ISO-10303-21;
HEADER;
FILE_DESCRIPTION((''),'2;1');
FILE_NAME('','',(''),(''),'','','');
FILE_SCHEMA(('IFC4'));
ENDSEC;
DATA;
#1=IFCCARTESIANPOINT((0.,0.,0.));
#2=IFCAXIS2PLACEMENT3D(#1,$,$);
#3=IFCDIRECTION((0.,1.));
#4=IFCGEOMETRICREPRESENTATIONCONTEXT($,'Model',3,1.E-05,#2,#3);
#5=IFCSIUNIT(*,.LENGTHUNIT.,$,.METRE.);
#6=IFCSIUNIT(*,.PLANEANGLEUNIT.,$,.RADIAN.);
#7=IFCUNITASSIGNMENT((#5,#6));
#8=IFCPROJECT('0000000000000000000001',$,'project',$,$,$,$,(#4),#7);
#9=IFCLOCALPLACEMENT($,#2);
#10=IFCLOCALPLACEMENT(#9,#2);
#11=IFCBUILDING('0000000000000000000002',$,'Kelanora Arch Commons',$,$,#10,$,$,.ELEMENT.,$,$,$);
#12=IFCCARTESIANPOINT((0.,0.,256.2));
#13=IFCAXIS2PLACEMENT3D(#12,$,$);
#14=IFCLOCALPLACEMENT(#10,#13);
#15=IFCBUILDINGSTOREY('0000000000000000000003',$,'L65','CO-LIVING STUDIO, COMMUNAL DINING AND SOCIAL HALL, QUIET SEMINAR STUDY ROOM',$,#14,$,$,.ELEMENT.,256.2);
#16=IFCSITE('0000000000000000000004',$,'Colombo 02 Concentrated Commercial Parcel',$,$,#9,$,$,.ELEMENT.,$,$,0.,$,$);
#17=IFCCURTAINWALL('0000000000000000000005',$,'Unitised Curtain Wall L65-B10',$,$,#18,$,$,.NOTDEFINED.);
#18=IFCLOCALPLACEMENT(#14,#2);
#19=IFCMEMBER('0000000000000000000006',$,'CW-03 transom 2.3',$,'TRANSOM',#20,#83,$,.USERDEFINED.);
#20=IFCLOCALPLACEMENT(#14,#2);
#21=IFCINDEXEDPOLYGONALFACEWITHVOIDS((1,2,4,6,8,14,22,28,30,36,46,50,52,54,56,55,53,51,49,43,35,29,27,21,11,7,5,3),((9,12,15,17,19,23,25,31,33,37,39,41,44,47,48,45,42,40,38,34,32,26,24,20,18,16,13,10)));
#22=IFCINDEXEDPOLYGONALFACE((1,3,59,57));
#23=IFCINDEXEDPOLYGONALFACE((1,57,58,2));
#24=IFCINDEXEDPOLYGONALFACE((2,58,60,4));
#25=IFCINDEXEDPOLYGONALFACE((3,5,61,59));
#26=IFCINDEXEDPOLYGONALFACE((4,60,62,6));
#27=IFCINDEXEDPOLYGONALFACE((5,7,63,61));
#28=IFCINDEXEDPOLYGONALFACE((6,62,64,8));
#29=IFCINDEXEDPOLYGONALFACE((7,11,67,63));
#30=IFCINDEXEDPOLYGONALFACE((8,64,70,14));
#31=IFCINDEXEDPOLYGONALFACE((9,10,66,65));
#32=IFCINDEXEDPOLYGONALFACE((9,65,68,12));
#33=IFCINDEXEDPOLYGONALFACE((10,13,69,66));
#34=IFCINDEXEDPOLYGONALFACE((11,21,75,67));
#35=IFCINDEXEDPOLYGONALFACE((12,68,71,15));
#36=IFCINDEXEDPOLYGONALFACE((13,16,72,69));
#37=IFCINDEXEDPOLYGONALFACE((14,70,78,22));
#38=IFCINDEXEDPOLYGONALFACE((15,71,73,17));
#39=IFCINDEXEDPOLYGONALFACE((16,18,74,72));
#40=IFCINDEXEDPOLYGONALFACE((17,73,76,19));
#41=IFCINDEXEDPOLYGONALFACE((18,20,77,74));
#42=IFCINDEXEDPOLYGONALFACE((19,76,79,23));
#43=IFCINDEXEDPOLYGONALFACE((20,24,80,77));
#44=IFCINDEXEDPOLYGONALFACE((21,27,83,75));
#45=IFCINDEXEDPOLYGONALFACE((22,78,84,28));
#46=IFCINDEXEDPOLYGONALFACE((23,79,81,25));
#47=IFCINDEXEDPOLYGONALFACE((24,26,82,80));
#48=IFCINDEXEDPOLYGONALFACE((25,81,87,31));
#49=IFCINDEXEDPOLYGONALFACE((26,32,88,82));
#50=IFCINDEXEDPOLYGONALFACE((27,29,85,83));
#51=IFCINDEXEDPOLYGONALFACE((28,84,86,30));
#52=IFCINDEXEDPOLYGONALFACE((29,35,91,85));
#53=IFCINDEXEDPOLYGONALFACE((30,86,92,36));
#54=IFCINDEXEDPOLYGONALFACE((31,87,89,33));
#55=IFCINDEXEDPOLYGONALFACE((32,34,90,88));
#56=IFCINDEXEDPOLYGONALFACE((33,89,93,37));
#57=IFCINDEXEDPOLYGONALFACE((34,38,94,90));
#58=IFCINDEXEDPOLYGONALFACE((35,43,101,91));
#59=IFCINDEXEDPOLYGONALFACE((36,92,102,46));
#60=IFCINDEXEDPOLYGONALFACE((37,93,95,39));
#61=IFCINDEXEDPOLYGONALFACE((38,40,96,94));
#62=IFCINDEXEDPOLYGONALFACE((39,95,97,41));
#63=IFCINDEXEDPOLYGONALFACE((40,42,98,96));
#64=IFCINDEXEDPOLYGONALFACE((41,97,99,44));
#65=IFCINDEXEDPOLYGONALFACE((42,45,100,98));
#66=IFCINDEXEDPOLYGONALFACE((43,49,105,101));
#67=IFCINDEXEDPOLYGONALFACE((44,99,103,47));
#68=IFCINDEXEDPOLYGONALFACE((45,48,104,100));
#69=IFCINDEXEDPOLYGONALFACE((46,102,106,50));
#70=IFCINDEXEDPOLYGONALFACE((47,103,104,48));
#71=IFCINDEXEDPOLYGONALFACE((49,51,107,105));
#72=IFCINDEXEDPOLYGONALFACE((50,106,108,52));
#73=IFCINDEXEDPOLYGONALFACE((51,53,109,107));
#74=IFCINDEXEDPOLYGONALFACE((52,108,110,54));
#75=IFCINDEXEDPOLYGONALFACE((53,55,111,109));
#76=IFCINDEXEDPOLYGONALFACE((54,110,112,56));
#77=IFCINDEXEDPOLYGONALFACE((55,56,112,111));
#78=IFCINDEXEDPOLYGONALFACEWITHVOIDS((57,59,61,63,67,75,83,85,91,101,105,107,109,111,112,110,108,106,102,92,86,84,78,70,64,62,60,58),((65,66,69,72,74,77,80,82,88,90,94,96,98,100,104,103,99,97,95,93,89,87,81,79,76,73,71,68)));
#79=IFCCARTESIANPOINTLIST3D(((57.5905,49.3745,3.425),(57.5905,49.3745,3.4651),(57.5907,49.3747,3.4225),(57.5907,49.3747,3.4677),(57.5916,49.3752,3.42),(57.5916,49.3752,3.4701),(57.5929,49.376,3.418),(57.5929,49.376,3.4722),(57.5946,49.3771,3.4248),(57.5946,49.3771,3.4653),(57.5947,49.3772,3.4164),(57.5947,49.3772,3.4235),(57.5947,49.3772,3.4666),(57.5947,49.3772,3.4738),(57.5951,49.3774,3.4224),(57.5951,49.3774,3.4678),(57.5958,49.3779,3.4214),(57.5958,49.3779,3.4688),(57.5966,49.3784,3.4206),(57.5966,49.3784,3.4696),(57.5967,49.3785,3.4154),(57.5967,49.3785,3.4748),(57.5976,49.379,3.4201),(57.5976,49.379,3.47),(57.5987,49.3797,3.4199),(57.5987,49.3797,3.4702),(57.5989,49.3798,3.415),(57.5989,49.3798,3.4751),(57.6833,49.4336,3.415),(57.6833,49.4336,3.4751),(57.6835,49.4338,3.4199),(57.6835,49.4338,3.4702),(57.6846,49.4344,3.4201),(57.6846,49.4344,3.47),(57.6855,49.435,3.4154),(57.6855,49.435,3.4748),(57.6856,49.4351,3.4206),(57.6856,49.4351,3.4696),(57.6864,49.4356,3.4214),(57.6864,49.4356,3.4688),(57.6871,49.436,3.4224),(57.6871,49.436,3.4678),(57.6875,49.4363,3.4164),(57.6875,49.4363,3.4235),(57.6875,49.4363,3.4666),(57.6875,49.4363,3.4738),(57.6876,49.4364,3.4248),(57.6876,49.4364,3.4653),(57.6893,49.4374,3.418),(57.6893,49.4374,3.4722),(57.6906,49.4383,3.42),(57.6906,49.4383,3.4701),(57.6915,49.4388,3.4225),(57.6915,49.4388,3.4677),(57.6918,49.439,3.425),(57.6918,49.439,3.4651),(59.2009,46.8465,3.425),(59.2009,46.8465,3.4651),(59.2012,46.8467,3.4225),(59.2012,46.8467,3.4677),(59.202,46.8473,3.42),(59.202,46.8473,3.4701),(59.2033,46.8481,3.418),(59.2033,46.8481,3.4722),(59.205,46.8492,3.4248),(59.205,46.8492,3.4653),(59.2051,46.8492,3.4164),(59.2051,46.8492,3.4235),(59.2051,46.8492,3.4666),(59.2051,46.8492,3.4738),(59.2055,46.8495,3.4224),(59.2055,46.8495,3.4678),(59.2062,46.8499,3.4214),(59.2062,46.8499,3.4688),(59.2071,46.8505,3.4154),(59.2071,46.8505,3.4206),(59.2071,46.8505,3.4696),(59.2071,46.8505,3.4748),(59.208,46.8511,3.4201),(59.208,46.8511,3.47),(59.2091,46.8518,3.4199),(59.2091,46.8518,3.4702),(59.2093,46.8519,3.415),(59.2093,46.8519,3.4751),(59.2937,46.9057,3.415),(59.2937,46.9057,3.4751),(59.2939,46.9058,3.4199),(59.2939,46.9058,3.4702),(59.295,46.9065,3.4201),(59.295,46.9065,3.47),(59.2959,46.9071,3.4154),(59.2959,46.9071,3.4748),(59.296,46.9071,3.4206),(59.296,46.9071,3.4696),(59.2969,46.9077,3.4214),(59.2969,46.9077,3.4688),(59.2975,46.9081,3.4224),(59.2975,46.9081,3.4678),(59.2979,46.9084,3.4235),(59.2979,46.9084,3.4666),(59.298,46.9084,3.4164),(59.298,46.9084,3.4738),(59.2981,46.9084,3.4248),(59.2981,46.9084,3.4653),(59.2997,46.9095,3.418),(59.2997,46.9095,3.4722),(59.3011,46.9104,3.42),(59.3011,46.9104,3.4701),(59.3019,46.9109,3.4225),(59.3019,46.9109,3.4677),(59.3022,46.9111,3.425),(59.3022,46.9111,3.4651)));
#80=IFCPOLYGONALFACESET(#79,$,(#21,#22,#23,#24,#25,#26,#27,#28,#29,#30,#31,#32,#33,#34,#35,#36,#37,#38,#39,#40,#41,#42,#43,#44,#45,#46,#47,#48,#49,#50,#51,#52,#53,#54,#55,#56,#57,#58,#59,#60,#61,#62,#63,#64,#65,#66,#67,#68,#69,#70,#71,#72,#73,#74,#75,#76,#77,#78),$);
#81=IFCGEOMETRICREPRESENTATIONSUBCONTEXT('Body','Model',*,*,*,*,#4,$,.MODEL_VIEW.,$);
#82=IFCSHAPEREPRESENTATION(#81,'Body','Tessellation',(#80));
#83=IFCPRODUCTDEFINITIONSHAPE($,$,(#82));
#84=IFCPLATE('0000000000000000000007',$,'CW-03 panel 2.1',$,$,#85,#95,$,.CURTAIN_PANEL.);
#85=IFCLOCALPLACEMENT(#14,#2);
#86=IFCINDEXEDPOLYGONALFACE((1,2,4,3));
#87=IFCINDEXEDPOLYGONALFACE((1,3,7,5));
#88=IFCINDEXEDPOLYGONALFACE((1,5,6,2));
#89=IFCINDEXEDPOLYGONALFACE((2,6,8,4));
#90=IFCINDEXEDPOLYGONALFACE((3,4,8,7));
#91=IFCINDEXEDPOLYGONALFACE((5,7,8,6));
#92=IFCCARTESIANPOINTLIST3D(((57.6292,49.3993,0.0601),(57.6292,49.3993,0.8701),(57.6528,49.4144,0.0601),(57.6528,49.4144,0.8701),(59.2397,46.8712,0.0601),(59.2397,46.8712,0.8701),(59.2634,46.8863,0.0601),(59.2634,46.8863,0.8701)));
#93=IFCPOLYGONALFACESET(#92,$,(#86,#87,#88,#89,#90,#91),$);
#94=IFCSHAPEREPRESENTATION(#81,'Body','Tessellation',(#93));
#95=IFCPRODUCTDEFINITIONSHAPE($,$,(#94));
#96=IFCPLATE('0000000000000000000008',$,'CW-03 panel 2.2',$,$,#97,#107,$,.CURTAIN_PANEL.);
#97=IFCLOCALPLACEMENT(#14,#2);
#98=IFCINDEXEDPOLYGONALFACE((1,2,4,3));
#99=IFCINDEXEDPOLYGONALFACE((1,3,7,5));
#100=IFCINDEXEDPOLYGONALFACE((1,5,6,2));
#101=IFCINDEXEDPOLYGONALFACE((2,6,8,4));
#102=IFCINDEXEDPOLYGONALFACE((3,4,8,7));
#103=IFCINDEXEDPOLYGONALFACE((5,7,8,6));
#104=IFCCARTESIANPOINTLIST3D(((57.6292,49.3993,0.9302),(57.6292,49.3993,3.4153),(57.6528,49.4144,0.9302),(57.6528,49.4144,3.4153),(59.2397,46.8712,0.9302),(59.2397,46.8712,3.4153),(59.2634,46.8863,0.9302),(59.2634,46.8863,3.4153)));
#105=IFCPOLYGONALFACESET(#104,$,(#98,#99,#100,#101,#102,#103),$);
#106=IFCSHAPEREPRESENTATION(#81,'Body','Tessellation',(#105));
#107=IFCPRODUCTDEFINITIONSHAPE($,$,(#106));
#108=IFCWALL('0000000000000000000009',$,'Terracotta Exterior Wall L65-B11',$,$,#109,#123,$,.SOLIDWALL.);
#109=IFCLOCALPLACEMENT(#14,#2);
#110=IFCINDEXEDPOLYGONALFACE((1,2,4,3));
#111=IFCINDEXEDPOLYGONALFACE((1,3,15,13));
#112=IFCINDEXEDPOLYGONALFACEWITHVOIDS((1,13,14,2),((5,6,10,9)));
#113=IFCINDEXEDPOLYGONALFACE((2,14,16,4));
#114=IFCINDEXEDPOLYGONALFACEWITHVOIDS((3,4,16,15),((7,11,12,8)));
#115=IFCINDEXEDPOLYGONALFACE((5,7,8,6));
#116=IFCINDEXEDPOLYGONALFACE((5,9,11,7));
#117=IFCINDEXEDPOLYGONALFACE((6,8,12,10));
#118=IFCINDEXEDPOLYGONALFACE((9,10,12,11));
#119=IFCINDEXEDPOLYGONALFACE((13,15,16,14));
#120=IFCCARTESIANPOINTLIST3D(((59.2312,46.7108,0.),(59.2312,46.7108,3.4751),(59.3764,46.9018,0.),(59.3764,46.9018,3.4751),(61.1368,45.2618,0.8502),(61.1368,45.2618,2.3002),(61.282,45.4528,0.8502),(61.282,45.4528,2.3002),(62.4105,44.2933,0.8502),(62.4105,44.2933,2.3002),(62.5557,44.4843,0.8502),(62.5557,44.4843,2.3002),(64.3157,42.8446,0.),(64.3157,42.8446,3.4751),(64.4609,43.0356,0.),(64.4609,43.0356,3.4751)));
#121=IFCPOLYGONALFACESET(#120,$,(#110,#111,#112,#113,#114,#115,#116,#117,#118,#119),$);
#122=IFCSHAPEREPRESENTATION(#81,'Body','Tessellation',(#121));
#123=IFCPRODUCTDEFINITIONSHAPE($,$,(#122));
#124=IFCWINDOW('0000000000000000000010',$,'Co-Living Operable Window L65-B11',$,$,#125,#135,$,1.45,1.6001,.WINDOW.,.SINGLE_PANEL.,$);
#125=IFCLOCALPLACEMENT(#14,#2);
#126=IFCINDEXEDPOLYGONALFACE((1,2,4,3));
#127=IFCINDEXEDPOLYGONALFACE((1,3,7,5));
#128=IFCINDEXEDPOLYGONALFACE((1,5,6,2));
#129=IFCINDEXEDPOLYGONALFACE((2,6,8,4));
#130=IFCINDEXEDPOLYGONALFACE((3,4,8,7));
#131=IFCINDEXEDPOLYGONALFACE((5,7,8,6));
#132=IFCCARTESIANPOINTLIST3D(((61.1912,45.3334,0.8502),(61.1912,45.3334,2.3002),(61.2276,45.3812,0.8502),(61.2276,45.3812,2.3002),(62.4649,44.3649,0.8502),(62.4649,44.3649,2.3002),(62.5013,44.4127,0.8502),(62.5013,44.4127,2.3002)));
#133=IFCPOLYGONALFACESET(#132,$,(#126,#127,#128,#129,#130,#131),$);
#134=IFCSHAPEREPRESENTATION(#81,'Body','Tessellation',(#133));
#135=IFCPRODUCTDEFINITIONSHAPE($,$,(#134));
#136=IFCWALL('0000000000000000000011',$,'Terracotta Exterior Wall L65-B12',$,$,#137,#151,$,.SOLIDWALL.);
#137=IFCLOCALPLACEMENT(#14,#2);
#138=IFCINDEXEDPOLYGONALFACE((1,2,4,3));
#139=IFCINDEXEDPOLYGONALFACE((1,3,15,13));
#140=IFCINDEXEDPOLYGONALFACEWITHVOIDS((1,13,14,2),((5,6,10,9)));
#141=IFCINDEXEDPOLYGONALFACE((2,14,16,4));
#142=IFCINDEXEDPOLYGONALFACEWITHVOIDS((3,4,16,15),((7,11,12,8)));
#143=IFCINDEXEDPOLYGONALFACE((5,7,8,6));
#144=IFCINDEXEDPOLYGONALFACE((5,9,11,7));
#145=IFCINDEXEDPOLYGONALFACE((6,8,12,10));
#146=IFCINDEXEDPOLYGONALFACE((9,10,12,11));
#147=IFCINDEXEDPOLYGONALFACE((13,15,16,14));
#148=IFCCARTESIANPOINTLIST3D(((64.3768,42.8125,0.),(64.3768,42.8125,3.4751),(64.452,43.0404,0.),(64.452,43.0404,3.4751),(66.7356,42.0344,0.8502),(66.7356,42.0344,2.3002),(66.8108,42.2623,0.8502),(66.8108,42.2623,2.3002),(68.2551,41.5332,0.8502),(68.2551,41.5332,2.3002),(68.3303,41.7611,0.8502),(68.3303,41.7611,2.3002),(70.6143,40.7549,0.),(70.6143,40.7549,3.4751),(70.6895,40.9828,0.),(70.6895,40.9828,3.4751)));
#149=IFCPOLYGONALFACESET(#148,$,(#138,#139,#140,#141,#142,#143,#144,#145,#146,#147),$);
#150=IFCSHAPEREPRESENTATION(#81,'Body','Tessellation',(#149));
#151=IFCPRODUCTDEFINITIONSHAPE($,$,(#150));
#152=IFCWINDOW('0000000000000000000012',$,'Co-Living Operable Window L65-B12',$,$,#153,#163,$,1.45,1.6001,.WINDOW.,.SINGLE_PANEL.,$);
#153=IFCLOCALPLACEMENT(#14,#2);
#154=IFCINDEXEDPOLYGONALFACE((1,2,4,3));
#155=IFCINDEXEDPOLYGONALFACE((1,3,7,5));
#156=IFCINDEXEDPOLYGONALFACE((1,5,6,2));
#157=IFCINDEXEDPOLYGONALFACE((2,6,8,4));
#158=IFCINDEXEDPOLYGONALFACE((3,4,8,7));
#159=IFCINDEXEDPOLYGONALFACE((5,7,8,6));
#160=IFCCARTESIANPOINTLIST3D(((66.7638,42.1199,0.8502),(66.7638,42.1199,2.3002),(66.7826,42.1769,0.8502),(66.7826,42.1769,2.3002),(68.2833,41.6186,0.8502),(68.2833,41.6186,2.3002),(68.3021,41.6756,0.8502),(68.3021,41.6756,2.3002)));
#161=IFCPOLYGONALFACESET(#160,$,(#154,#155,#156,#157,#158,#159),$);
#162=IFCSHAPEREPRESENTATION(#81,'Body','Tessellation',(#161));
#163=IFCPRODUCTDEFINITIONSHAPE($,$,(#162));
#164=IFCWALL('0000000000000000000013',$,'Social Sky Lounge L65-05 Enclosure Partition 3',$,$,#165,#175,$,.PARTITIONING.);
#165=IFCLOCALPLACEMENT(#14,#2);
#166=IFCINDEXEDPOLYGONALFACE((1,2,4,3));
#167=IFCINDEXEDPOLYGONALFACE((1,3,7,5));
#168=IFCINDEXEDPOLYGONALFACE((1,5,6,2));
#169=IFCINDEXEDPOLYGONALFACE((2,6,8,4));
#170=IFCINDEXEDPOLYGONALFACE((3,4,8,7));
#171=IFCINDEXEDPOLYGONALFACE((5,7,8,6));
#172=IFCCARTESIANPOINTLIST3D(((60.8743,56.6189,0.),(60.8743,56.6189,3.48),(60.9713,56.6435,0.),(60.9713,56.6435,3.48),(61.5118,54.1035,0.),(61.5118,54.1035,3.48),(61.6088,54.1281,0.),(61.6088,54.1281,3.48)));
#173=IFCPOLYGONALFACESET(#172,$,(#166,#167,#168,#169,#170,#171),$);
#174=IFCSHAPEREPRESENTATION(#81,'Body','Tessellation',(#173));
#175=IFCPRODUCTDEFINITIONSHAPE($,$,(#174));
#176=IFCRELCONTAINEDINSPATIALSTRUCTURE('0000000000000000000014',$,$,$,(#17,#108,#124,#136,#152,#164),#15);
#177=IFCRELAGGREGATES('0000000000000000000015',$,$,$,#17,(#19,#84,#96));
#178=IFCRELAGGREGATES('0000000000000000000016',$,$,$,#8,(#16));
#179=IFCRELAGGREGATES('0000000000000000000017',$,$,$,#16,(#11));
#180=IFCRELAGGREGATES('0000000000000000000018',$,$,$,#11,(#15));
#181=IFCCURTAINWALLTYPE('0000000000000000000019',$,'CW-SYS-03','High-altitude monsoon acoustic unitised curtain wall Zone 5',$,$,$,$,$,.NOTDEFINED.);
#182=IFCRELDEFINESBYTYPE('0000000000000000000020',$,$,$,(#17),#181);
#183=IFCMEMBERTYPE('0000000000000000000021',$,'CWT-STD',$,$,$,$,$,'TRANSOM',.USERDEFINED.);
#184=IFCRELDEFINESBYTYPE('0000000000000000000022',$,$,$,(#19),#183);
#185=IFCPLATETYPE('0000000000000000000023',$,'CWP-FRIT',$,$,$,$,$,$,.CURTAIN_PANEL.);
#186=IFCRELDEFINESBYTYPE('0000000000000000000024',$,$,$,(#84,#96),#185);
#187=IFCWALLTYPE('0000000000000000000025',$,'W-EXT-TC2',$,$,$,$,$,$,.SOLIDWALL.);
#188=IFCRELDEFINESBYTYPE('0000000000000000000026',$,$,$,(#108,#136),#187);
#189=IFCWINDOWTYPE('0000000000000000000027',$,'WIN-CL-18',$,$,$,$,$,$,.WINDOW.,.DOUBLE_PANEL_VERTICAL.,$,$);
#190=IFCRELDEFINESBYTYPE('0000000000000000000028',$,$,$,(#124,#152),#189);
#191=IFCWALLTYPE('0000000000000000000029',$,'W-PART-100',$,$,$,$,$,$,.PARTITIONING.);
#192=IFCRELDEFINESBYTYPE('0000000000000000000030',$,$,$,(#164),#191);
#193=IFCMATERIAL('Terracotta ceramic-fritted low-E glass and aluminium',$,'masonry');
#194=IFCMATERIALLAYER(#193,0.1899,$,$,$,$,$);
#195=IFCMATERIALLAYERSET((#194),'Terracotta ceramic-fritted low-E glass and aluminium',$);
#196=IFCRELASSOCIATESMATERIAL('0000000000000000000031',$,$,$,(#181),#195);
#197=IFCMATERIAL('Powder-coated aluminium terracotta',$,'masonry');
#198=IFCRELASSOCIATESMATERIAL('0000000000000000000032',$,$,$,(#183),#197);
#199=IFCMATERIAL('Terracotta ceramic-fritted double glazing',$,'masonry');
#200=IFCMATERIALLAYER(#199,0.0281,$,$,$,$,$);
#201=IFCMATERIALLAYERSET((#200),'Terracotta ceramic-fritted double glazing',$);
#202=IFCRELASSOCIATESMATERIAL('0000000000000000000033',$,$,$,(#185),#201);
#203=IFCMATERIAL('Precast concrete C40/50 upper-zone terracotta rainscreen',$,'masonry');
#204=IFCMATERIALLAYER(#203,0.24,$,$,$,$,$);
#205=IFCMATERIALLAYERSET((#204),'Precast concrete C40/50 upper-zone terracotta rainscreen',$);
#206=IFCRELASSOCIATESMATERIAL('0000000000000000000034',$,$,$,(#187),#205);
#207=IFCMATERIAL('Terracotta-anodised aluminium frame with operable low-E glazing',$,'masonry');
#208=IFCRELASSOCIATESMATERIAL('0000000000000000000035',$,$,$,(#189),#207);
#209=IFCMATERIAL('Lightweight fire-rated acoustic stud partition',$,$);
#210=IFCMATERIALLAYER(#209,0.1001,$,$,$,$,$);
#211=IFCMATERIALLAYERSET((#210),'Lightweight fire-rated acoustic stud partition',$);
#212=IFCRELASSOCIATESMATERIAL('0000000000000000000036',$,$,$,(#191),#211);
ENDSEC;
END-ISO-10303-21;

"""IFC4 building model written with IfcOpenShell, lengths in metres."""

from ifc_helpers import new_model, si_unit, direction, frame, frame_2d, origin, origin_2d, place, context, subcontext, project, spatial, rectangle, hollow_rectangle, extrude, source, transform, mapped, material, layer, layer_set, material_profile, profile_set, type_object, element, fill, aggregate, save


model = new_model("IFC4")

# Units and contexts
model_context = context("Model", 3, precision=1e-05, world=origin(), true_north=direction((0.0, 1.0)))
body_context = subcontext(model_context, "Body", "Model", "MODEL_VIEW")
ifc_project = project(units=[si_unit("LENGTHUNIT", "METRE"), si_unit("PLANEANGLEUNIT", "RADIAN")], contexts=[model_context])

# Site, building, storey
site_placement = place(None, origin())
site = spatial("IfcSite", under=ifc_project, at=site_placement, Name="Colombo 02 Concentrated Commercial Parcel", CompositionType="ELEMENT", RefElevation=0.0)
building_placement = place(site_placement, origin())
building = spatial("IfcBuilding", under=site, at=building_placement, Name="Kelanora Arch Commons", CompositionType="ELEMENT")
storey_placement = place(building_placement, frame((0.0, 0.0, 256.2)))
storey = spatial("IfcBuildingStorey", under=building, at=storey_placement, Name="L65", Description="CO-LIVING STUDIO, COMMUNAL DINING AND SOCIAL HALL, QUIET SEMINAR STUDY ROOM", CompositionType="ELEMENT", Elevation=256.2)

# Curtain wall, member, plates
ifc_material_1 = material(Name="Terracotta ceramic-fritted low-E glass and aluminium", Category="masonry")
ifc_layer_1 = layer(ifc_material_1, 0.1899)
ifc_layer_set_1 = layer_set([ifc_layer_1], Name="Terracotta ceramic-fritted low-E glass and aluminium")
curtain_wall_type = type_object("IfcCurtainWallType", Name="CW-SYS-03", Description="High-altitude monsoon acoustic unitised curtain wall Zone 5", PredefinedType="NOTDEFINED", material=ifc_layer_set_1)
curtain_wall_placement = place(storey_placement, origin())
curtain_wall = element("IfcCurtainWall", 1, at=curtain_wall_placement, inside=storey, type_object=curtain_wall_type, Name="Unitised Curtain Wall L65-B10", PredefinedType="NOTDEFINED")
ifc_material_2 = material(Name="Powder-coated aluminium terracotta", Category="masonry")
ifc_material_profile_1 = material_profile(ifc_material_2, hollow_rectangle(XDim=0.1201, YDim=0.0601, WallThickness=0.0049, InnerFilletRadius=0.0049, OuterFilletRadius=0.01, at=origin_2d()), Name="CWT120x60")
ifc_profile_set_1 = profile_set([ifc_material_profile_1], Name="Powder-coated aluminium terracotta")
member_type_1 = type_object("IfcMemberType", Name="CWT-STD", ElementType="TRANSOM", PredefinedType="USERDEFINED", material=ifc_profile_set_1)
member_1_placement = place(storey_placement, frame((57.6411, 49.4067, 3.4451), z_axis=(0.537287, -0.8434, 0.0), x_axis=(0.8434, 0.537287, 0.0)))
member_1 = element("IfcMember", 2, at=member_1_placement, type_object=member_type_1, Name="CW-03 transom 2.3", ObjectType="TRANSOM", PredefinedType="USERDEFINED", context=body_context, shape_type="SweptSolid", body=[
    extrude(hollow_rectangle(XDim=0.1201, YDim=0.0601, WallThickness=0.0049, InnerFilletRadius=0.0049, OuterFilletRadius=0.01, at=origin_2d()), origin(), (0.0, 0.0, 1.0), 2.9973),
])
ifc_material_3 = material(Name="Terracotta ceramic-fritted double glazing", Category="masonry")
ifc_layer_2 = layer(ifc_material_3, 0.0281)
ifc_layer_set_2 = layer_set([ifc_layer_2], Name="Terracotta ceramic-fritted double glazing")
plate_type = type_object("IfcPlateType", Name="CWP-FRIT", PredefinedType="CURTAIN_PANEL", material=ifc_layer_set_2)
shared_shape_1 = source(origin(), body_context, "Body", "SweptSolid", [
    extrude(rectangle(XDim=2.9976, YDim=0.0281, at=origin_2d()), origin(), (0.0, 0.0, 1.0), 0.8101),
])
plate_1_placement = place(storey_placement, frame((58.4463, 48.1428, 0.0601), z_axis=(0.0, 0.0, 1.0), x_axis=(0.5373, -0.843391, 0.0)))
plate_1 = element("IfcPlate", 3, at=plate_1_placement, type_object=plate_type, Name="CW-03 panel 2.1", PredefinedType="CURTAIN_PANEL", context=body_context, shape_type="MappedRepresentation", body=[
    mapped(shared_shape_1, transform((0.0, 0.0, 0.0), scale=1.0)),
])
shared_shape_2 = source(origin(), body_context, "Body", "SweptSolid", [
    extrude(rectangle(XDim=2.9976, YDim=0.0281, at=origin_2d()), origin(), (0.0, 0.0, 1.0), 2.4851),
])
plate_2_placement = place(storey_placement, frame((58.4463, 48.1428, 0.9302), z_axis=(0.0, 0.0, 1.0), x_axis=(0.5373, -0.843391, 0.0)))
plate_2 = element("IfcPlate", 4, at=plate_2_placement, type_object=plate_type, Name="CW-03 panel 2.2", PredefinedType="CURTAIN_PANEL", context=body_context, shape_type="MappedRepresentation", body=[
    mapped(shared_shape_2, transform((0.0, 0.0, 0.0), scale=1.0)),
])
aggregate(curtain_wall, [member_1, plate_1, plate_2])

# Walls, openings, windows
ifc_material_4 = material(Name="Precast concrete C40/50 upper-zone terracotta rainscreen", Category="masonry")
ifc_layer_3 = layer(ifc_material_4, 0.24)
ifc_layer_set_3 = layer_set([ifc_layer_3], Name="Precast concrete C40/50 upper-zone terracotta rainscreen")
wall_type_1 = type_object("IfcWallType", Name="W-EXT-TC2", PredefinedType="SOLIDWALL", material=ifc_layer_set_3)
wall_1_placement = place(storey_placement, frame((59.3037, 46.8064, 0.0), z_axis=(0.0, 0.0, 1.0), x_axis=(0.79601, -0.605283, 0.0)))
wall_1 = element("IfcWall", 5, at=wall_1_placement, inside=storey, type_object=wall_type_1, Name="Terracotta Exterior Wall L65-B11", PredefinedType="SOLIDWALL", context=body_context, shape_type="SweptSolid", body=[
    extrude(rectangle(XDim=6.3875, YDim=0.24, at=frame_2d((3.1938, 0.0))), origin(), (0.0, 0.0, 1.0), 3.4751),
])
opening_1_placement = place(wall_1_placement, frame((2.394, 0.0, 0.8501)))
opening_1 = element("IfcOpeningElement", 6, at=opening_1_placement, cuts=wall_1, PredefinedType="OPENING", context=body_context, shape_type="SweptSolid", body=[
    extrude(rectangle(XDim=1.6001, YDim=1.45, at=frame_2d((0.8, 0.7251))), frame((0.0, 0.1299, 0.0), z_axis=(0.0, -1.0, 0.0), x_axis=(1.0, 0.0, 0.0)), (0.0, 0.0, 1.0), 0.26),
])
ifc_material_5 = material(Name="Terracotta-anodised aluminium frame with operable low-E glazing", Category="masonry")
window_type = type_object("IfcWindowType", Name="WIN-CL-18", PartitioningType="DOUBLE_PANEL_VERTICAL", PredefinedType="WINDOW", material=ifc_material_5)
window_1_placement = place(opening_1_placement, origin())
window_1 = element("IfcWindow", 7, at=window_1_placement, inside=storey, type_object=window_type, Name="Co-Living Operable Window L65-B11", OverallHeight=1.45, OverallWidth=1.6001, PartitioningType="SINGLE_PANEL", PredefinedType="WINDOW", context=body_context, shape_type="SweptSolid", body=[
    extrude(rectangle(XDim=1.6001, YDim=1.45, at=frame_2d((0.8, 0.7251))), frame((0.0, 0.03, 0.0), z_axis=(0.0, -1.0, 0.0), x_axis=(1.0, 0.0, 0.0)), (0.0, 0.0, 1.0), 0.0601),
])
fill(opening_1, window_1)
wall_2_placement = place(storey_placement, frame((64.4143, 42.9265, 0.0), z_axis=(0.0, 0.0, 1.0), x_axis=(0.949664, -0.313271, 0.0)))
wall_2 = element("IfcWall", 8, at=wall_2_placement, inside=storey, type_object=wall_type_1, Name="Terracotta Exterior Wall L65-B12", PredefinedType="SOLIDWALL", context=body_context, shape_type="SweptSolid", body=[
    extrude(rectangle(XDim=6.5681, YDim=0.24, at=frame_2d((3.2842, 0.0))), origin(), (0.0, 0.0, 1.0), 3.4751),
])
opening_2_placement = place(wall_2_placement, frame((2.4839, 0.0, 0.8501)))
opening_2 = element("IfcOpeningElement", 9, at=opening_2_placement, cuts=wall_2, PredefinedType="OPENING", context=body_context, shape_type="SweptSolid", body=[
    extrude(rectangle(XDim=1.6001, YDim=1.45, at=frame_2d((0.8, 0.7251))), frame((0.0, 0.1299, 0.0), z_axis=(0.0, -1.0, 0.0), x_axis=(1.0, 0.0, 0.0)), (0.0, 0.0, 1.0), 0.26),
])
window_2_placement = place(opening_2_placement, origin())
window_2 = element("IfcWindow", 10, at=window_2_placement, inside=storey, type_object=window_type, Name="Co-Living Operable Window L65-B12", OverallHeight=1.45, OverallWidth=1.6001, PartitioningType="SINGLE_PANEL", PredefinedType="WINDOW", context=body_context, shape_type="SweptSolid", body=[
    extrude(rectangle(XDim=1.6001, YDim=1.45, at=frame_2d((0.8, 0.7251))), frame((0.0, 0.03, 0.0), z_axis=(0.0, -1.0, 0.0), x_axis=(1.0, 0.0, 0.0)), (0.0, 0.0, 1.0), 0.0601),
])
fill(opening_2, window_2)

# Wall
ifc_material_6 = material(Name="Lightweight fire-rated acoustic stud partition")
ifc_layer_4 = layer(ifc_material_6, 0.1001)
ifc_layer_set_4 = layer_set([ifc_layer_4], Name="Lightweight fire-rated acoustic stud partition")
wall_type_2 = type_object("IfcWallType", Name="W-PART-100", PredefinedType="PARTITIONING", material=ifc_layer_set_4)
wall_3_placement = place(storey_placement, frame((60.9229, 56.6311, 0.0), z_axis=(0.0, 0.0, 1.0), x_axis=(0.245656, -0.969357, 0.0)))
element("IfcWall", 11, at=wall_3_placement, inside=storey, type_object=wall_type_2, Name="Social Sky Lounge L65-05 Enclosure Partition 3", PredefinedType="PARTITIONING", context=body_context, shape_type="SweptSolid", body=[
    extrude(rectangle(XDim=2.595, YDim=0.1001, at=frame_2d((1.2974, 0.0))), origin(), (0.0, 0.0, 1.0), 3.48),
])

save(model, "model.ifc")
